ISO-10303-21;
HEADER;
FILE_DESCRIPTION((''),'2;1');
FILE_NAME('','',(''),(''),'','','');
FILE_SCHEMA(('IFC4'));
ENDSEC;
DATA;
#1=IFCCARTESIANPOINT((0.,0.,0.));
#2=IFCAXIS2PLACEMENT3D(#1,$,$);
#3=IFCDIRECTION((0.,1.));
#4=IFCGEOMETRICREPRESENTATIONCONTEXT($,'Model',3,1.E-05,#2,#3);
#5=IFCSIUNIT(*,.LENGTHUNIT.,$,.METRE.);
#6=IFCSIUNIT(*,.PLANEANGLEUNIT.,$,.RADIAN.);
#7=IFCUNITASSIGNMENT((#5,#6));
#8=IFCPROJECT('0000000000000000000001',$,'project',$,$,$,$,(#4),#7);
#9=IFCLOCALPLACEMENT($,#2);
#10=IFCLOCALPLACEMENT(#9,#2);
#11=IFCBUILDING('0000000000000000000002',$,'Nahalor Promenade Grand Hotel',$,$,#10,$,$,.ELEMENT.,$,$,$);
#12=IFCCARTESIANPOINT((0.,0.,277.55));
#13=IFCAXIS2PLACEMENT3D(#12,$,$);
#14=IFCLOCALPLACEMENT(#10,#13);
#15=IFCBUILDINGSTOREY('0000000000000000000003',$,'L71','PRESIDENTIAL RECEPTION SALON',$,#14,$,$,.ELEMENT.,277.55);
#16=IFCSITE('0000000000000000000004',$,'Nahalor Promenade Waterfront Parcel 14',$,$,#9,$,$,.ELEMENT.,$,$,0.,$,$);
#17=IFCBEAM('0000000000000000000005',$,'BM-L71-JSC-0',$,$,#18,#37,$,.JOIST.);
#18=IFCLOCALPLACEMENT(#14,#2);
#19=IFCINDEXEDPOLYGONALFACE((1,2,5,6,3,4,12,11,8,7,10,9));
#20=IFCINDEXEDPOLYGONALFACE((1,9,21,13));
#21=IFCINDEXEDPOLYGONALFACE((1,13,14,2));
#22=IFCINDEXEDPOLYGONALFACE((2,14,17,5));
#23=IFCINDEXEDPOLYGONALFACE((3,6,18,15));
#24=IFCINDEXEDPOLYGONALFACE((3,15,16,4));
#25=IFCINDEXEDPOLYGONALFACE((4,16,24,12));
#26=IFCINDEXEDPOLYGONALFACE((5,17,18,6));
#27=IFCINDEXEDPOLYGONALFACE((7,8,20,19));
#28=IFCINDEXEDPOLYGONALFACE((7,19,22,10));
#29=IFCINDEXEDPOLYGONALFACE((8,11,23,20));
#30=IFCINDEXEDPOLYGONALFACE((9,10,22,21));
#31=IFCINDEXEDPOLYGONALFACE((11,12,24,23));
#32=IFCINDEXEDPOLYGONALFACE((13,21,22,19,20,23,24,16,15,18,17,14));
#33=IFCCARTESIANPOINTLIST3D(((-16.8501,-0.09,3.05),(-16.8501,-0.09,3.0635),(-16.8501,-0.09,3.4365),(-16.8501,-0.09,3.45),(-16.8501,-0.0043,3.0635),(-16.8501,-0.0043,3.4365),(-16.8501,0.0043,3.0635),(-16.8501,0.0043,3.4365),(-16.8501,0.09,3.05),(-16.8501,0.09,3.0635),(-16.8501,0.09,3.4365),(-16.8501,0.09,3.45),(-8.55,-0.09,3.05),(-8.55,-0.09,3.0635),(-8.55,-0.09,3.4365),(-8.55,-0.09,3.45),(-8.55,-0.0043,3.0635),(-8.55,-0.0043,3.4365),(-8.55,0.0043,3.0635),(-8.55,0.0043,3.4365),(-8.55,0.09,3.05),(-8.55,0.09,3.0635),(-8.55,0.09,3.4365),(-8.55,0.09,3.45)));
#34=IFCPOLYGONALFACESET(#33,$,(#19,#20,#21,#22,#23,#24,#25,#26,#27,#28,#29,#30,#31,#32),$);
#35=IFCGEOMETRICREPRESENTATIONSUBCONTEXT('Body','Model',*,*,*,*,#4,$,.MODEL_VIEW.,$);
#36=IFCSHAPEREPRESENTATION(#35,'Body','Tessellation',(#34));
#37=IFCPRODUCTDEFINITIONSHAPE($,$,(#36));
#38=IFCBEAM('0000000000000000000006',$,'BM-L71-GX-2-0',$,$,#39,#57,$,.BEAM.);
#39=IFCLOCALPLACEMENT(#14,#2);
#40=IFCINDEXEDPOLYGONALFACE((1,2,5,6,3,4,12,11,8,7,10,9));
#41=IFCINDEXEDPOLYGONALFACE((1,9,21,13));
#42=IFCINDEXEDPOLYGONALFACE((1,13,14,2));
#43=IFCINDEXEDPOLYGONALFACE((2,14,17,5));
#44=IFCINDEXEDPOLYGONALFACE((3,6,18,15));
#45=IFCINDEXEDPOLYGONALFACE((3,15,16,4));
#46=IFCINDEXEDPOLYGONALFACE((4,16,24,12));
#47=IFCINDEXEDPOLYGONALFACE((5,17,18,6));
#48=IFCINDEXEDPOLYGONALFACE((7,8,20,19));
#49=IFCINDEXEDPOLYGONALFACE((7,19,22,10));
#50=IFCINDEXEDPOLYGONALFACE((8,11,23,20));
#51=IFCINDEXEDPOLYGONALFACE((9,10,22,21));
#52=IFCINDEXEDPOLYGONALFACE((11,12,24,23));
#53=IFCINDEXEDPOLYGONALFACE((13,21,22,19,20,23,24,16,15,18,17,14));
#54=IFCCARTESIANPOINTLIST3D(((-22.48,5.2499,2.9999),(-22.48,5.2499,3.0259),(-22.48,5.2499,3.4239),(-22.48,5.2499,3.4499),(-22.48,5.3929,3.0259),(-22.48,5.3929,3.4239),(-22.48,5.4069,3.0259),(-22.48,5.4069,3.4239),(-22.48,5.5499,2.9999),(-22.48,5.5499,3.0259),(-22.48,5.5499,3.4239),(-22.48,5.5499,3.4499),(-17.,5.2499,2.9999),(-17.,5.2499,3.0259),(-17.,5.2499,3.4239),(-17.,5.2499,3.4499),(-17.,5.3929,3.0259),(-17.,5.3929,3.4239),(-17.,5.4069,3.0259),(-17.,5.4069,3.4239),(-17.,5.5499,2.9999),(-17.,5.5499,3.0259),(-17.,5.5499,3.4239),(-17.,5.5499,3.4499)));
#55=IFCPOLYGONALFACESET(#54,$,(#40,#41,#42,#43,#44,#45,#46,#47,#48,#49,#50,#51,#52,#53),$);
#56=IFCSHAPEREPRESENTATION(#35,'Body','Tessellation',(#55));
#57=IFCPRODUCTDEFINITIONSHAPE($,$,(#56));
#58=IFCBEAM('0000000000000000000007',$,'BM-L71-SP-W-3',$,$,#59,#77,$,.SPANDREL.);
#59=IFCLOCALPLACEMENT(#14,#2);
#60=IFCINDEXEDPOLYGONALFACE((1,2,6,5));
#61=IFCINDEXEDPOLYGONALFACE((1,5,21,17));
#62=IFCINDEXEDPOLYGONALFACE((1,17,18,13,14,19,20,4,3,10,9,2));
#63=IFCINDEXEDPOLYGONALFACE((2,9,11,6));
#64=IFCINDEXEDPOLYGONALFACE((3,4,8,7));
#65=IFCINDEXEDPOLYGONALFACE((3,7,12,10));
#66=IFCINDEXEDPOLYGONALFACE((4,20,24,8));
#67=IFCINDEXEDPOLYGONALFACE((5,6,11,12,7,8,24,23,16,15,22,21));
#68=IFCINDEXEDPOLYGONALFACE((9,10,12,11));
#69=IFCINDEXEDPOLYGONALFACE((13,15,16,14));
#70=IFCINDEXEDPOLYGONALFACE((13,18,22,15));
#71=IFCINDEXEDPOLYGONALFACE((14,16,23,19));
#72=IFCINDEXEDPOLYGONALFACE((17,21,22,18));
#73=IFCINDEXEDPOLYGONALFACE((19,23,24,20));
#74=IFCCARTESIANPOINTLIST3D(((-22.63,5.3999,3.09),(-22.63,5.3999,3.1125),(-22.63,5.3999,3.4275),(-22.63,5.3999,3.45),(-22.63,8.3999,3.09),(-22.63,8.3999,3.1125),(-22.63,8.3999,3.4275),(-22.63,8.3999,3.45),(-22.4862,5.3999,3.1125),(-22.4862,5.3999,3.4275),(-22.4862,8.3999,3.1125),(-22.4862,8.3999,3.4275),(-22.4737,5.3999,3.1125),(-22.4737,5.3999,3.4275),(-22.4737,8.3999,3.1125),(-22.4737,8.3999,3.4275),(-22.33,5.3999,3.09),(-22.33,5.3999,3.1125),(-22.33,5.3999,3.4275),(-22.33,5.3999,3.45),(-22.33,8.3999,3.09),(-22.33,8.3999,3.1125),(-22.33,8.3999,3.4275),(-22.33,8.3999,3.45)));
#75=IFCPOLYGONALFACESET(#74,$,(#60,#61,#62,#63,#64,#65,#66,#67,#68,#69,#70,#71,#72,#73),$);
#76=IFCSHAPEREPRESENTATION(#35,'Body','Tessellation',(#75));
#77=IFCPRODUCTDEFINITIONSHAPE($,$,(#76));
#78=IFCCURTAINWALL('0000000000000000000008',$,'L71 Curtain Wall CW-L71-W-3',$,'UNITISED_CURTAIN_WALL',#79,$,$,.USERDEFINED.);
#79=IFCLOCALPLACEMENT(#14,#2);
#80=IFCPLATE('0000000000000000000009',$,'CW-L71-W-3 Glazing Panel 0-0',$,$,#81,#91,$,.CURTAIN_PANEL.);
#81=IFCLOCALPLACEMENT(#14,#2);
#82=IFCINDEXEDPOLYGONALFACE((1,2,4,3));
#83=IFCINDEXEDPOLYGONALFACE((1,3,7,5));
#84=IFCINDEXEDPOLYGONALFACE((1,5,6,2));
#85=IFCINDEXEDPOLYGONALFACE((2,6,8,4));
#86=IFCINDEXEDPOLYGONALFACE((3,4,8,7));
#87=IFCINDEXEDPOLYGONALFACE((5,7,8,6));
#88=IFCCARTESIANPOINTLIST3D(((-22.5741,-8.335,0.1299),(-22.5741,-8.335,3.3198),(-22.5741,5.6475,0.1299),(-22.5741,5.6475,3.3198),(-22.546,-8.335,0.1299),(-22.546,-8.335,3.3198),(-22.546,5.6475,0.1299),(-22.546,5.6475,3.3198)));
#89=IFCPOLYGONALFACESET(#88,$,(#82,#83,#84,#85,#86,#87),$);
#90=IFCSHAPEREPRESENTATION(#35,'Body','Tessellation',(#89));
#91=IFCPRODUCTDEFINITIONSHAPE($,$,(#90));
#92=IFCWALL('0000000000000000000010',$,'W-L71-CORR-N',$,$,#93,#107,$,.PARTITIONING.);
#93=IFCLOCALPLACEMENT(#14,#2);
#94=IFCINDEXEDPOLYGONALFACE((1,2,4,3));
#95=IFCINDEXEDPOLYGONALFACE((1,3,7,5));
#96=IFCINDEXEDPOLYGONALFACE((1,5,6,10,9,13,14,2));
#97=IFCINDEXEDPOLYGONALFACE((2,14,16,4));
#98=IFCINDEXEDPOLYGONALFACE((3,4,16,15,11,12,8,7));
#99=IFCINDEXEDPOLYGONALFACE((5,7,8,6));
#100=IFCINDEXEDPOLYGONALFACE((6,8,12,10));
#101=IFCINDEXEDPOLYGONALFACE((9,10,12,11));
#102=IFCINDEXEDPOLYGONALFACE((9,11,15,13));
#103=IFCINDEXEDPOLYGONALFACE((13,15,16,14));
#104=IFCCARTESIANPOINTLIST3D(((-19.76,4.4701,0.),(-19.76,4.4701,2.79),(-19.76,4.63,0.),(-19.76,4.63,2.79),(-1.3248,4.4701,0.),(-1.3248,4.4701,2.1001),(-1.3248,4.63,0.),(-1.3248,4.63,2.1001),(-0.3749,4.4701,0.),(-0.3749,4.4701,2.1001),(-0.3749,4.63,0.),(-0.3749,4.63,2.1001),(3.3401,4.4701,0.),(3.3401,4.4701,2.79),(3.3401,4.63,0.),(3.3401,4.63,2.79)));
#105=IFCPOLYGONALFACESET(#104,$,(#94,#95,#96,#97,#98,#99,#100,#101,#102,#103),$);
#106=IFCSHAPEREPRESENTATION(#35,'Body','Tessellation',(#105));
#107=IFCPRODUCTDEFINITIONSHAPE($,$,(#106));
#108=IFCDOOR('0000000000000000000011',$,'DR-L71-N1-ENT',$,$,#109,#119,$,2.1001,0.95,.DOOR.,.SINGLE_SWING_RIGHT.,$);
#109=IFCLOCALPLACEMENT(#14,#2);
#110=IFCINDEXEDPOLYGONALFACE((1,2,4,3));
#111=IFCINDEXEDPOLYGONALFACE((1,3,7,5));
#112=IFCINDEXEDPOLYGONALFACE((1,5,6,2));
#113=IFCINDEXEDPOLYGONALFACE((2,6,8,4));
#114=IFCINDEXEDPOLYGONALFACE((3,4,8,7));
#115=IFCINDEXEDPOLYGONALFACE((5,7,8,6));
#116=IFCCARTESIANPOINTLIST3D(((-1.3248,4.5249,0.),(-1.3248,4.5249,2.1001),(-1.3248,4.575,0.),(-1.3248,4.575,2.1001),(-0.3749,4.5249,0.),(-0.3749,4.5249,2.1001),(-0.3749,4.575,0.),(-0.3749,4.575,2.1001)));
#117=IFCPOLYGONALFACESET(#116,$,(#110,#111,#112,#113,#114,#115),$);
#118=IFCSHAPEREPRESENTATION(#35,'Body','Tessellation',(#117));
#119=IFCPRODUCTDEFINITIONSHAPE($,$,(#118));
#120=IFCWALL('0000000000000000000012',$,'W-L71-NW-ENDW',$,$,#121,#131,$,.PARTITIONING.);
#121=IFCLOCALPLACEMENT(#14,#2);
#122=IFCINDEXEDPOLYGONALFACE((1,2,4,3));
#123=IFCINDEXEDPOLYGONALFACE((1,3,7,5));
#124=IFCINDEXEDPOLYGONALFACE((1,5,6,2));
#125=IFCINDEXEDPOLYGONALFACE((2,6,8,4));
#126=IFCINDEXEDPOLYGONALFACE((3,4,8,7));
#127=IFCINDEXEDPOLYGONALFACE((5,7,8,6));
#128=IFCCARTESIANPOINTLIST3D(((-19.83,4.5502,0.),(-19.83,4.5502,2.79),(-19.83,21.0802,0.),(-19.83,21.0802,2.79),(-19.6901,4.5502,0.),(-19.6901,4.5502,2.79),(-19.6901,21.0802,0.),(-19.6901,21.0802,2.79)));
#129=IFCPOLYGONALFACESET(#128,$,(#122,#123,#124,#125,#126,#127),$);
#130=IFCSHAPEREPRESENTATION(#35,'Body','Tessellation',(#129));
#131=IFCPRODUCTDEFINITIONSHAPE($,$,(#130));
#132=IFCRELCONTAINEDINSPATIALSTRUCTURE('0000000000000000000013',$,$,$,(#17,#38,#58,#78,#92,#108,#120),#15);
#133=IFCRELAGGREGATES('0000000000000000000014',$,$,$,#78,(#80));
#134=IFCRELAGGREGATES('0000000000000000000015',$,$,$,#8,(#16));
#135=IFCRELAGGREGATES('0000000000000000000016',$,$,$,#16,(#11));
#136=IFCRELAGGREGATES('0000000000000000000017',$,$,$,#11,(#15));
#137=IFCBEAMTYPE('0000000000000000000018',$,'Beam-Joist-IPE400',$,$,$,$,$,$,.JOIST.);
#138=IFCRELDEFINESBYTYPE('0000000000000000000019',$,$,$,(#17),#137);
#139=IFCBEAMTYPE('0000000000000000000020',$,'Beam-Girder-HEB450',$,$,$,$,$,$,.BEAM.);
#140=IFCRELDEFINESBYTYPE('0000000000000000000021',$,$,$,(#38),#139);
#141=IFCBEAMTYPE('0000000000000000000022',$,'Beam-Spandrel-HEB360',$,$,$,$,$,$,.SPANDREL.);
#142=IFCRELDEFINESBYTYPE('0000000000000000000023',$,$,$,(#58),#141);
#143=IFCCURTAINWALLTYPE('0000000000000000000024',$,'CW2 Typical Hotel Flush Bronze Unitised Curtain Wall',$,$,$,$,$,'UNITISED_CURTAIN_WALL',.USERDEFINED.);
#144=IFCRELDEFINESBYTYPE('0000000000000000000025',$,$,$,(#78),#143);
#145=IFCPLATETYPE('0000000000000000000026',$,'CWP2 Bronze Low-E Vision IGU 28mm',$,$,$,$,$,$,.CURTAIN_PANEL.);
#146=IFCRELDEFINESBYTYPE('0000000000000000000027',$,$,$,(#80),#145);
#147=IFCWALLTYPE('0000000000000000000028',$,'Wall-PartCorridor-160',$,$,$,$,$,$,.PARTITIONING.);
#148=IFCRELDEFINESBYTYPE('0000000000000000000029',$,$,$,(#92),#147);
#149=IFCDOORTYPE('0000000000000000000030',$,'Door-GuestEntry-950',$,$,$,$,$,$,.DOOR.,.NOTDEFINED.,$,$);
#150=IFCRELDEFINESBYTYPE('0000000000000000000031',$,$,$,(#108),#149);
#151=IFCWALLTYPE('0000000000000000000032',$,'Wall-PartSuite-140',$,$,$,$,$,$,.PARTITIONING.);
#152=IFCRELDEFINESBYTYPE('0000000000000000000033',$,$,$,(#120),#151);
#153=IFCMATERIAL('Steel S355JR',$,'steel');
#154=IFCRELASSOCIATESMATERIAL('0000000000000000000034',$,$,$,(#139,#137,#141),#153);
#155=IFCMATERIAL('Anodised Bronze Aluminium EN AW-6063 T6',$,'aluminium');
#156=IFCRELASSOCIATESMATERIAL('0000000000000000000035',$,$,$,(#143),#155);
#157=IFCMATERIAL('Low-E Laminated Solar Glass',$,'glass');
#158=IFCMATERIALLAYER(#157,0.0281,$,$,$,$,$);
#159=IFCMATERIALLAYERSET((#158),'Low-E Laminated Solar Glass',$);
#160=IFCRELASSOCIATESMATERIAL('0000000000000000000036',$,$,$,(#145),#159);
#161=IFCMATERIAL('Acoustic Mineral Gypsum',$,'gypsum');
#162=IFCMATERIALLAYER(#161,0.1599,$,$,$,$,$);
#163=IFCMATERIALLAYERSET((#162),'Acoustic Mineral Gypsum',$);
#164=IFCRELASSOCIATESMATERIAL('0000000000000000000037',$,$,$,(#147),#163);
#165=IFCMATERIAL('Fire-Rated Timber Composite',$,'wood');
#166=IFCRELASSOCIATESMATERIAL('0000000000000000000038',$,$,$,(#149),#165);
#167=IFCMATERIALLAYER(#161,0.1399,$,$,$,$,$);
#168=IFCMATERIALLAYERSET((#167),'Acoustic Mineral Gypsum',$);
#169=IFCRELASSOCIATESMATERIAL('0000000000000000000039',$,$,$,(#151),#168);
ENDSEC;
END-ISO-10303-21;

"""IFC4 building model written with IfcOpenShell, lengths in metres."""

from ifc_helpers import new_model, si_unit, direction, frame, frame_2d, origin, origin_2d, place, context, subcontext, project, spatial, rectangle, i_section, extrude, source, transform, mapped, material, layer, layer_set, material_profile, profile_set, type_object, element, fill, aggregate, save


model = new_model("IFC4")

# Units and contexts
model_context = context("Model", 3, precision=1e-05, world=origin(), true_north=direction((0.0, 1.0)))
body_context = subcontext(model_context, "Body", "Model", "MODEL_VIEW")
ifc_project = project(units=[si_unit("LENGTHUNIT", "METRE"), si_unit("PLANEANGLEUNIT", "RADIAN")], contexts=[model_context])

# Site, building, storey
site_placement = place(None, origin())
site = spatial("IfcSite", under=ifc_project, at=site_placement, Name="Nahalor Promenade Waterfront Parcel 14", CompositionType="ELEMENT", RefElevation=0.0)
building_placement = place(site_placement, origin())
building = spatial("IfcBuilding", under=site, at=building_placement, Name="Nahalor Promenade Grand Hotel", CompositionType="ELEMENT")
storey_placement = place(building_placement, frame((0.0, 0.0, 277.55)))
storey = spatial("IfcBuildingStorey", under=building, at=storey_placement, Name="L71", Description="PRESIDENTIAL RECEPTION SALON", CompositionType="ELEMENT", Elevation=277.55)

# Shared definitions
ifc_material_1 = material(Name="Steel S355JR", Category="steel")

# Beams
ifc_material_profile_1 = material_profile(ifc_material_1, i_section(OverallWidth=0.3, OverallDepth=0.45, WebThickness=0.014, FlangeThickness=0.026, at=origin_2d()), Name="HEB 450")
ifc_profile_set_1 = profile_set([ifc_material_profile_1], Name="Steel S355JR")
beam_type_1 = type_object("IfcBeamType", Name="Beam-Girder-HEB450", PredefinedType="BEAM", material=ifc_profile_set_1)
ifc_material_profile_2 = material_profile(ifc_material_1, i_section(OverallWidth=0.18, OverallDepth=0.4, WebThickness=0.0086, FlangeThickness=0.0135, at=origin_2d()), Name="IPE 400")
ifc_profile_set_2 = profile_set([ifc_material_profile_2], Name="Steel S355JR")
beam_type_2 = type_object("IfcBeamType", Name="Beam-Joist-IPE400", PredefinedType="JOIST", material=ifc_profile_set_2)
shared_shape_1 = source(origin(), body_context, "Body", "SweptSolid", [
    extrude(i_section(OverallWidth=0.18, OverallDepth=0.4, WebThickness=0.0086, FlangeThickness=0.0135, at=origin_2d()), origin(), (0.0, 0.0, 1.0), 8.3),
])
beam_1_placement = place(storey_placement, frame((-16.8501, 0.0, 3.25), z_axis=(1.0, 0.0, 0.0), x_axis=(0.0, 1.0, 0.0)))
element("IfcBeam", 1, at=beam_1_placement, inside=storey, type_object=beam_type_2, Name="BM-L71-JSC-0", PredefinedType="JOIST", context=body_context, shape_type="MappedRepresentation", body=[
    mapped(shared_shape_1, transform((0.0, 0.0, 0.0), scale=1.0)),
])
shared_shape_2 = source(origin(), body_context, "Body", "SweptSolid", [
    extrude(i_section(OverallWidth=0.3, OverallDepth=0.45, WebThickness=0.014, FlangeThickness=0.026, at=origin_2d()), origin(), (0.0, 0.0, 1.0), 5.48),
])
beam_2_placement = place(storey_placement, frame((-22.48, 5.3999, 3.2249), z_axis=(1.0, 0.0, 0.0), x_axis=(0.0, 1.0, 0.0)))
element("IfcBeam", 2, at=beam_2_placement, inside=storey, type_object=beam_type_1, Name="BM-L71-GX-2-0", PredefinedType="BEAM", context=body_context, shape_type="MappedRepresentation", body=[
    mapped(shared_shape_2, transform((0.0, 0.0, 0.0), scale=1.0)),
])
ifc_material_profile_3 = material_profile(ifc_material_1, i_section(OverallWidth=0.3, OverallDepth=0.36, WebThickness=0.0125, FlangeThickness=0.0225, at=origin_2d()), Name="HEB 360")
ifc_profile_set_3 = profile_set([ifc_material_profile_3], Name="Steel S355JR")
beam_type_3 = type_object("IfcBeamType", Name="Beam-Spandrel-HEB360", PredefinedType="SPANDREL", material=ifc_profile_set_3)
shared_shape_3 = source(origin(), body_context, "Body", "SweptSolid", [
    extrude(i_section(OverallWidth=0.3, OverallDepth=0.36, WebThickness=0.0125, FlangeThickness=0.0225, at=origin_2d()), origin(), (0.0, 0.0, 1.0), 3.0),
])
beam_3_placement = place(storey_placement, frame((-22.48, 5.3999, 3.27), z_axis=(0.0, 1.0, 0.0), x_axis=(-1.0, 0.0, 0.0)))
element("IfcBeam", 3, at=beam_3_placement, inside=storey, type_object=beam_type_3, Name="BM-L71-SP-W-3", PredefinedType="SPANDREL", context=body_context, shape_type="MappedRepresentation", body=[
    mapped(shared_shape_3, transform((0.0, 0.0, 0.0), scale=1.0)),
])

# Curtain wall, plate
ifc_material_2 = material(Name="Anodised Bronze Aluminium EN AW-6063 T6", Category="aluminium")
curtain_wall_type = type_object("IfcCurtainWallType", Name="CW2 Typical Hotel Flush Bronze Unitised Curtain Wall", ElementType="UNITISED_CURTAIN_WALL", PredefinedType="USERDEFINED", material=ifc_material_2)
curtain_wall_placement = place(storey_placement, origin())
curtain_wall = element("IfcCurtainWall", 4, at=curtain_wall_placement, inside=storey, type_object=curtain_wall_type, Name="L71 Curtain Wall CW-L71-W-3", ObjectType="UNITISED_CURTAIN_WALL", PredefinedType="USERDEFINED")
ifc_material_3 = material(Name="Low-E Laminated Solar Glass", Category="glass")
ifc_layer_1 = layer(ifc_material_3, 0.0281)
ifc_layer_set_1 = layer_set([ifc_layer_1], Name="Low-E Laminated Solar Glass")
plate_type = type_object("IfcPlateType", Name="CWP2 Bronze Low-E Vision IGU 28mm", PredefinedType="CURTAIN_PANEL", material=ifc_layer_set_1)
shared_shape_4 = source(origin(), body_context, "Body", "SweptSolid", [
    extrude(rectangle(XDim=13.9824, YDim=0.0281, at=origin_2d()), origin(), (0.0, 0.0, 1.0), 3.1899),
])
plate_placement = place(storey_placement, frame((-22.5601, -1.3438, 0.1299), z_axis=(0.0, 0.0, 1.0), x_axis=(0.0, 1.0, 0.0)))
plate = element("IfcPlate", 5, at=plate_placement, type_object=plate_type, Name="CW-L71-W-3 Glazing Panel 0-0", PredefinedType="CURTAIN_PANEL", context=body_context, shape_type="MappedRepresentation", body=[
    mapped(shared_shape_4, transform((0.0, 0.0, 0.0), scale=1.0)),
])
aggregate(curtain_wall, [plate])

# Wall, opening, door
ifc_material_4 = material(Name="Acoustic Mineral Gypsum", Category="gypsum")
ifc_layer_2 = layer(ifc_material_4, 0.1599)
ifc_layer_set_2 = layer_set([ifc_layer_2], Name="Acoustic Mineral Gypsum")
wall_type_1 = type_object("IfcWallType", Name="Wall-PartCorridor-160", PredefinedType="PARTITIONING", material=ifc_layer_set_2)
shared_shape_5 = source(origin(), body_context, "Body", "SweptSolid", [
    extrude(rectangle(XDim=23.1001, YDim=0.1599, at=frame_2d((11.55, 0.0))), origin(), (0.0, 0.0, 1.0), 2.79),
])
wall_1_placement = place(storey_placement, frame((-19.76, 4.55, 0.0), z_axis=(0.0, 0.0, 1.0), x_axis=(1.0, 0.0, 0.0)))
wall_1 = element("IfcWall", 6, at=wall_1_placement, inside=storey, type_object=wall_type_1, Name="W-L71-CORR-N", PredefinedType="PARTITIONING", context=body_context, shape_type="MappedRepresentation", body=[
    mapped(shared_shape_5, transform((0.0, 0.0, 0.0), scale=1.0)),
])
opening_1_placement = place(wall_1_placement, frame((18.4351, 0.0, 0.0)))
opening_1 = element("IfcOpeningElement", 7, at=opening_1_placement, cuts=wall_1, PredefinedType="OPENING", context=body_context, shape_type="SweptSolid", body=[
    extrude(rectangle(XDim=0.95, YDim=2.1001, at=frame_2d((0.4751, 1.05))), frame((0.0, 0.0898, 0.0), z_axis=(0.0, -1.0, 0.0), x_axis=(1.0, 0.0, 0.0)), (0.0, 0.0, 1.0), 0.1799),
])
ifc_material_5 = material(Name="Fire-Rated Timber Composite", Category="wood")
door_type_1 = type_object("IfcDoorType", Name="Door-GuestEntry-950", OperationType="NOTDEFINED", PredefinedType="DOOR", material=ifc_material_5)
shared_shape_6 = source(origin(), body_context, "Body", "SweptSolid", [
    extrude(rectangle(XDim=0.95, YDim=2.1001, at=frame_2d((0.4751, 1.05))), frame((0.0, 0.0249, 0.0), z_axis=(0.0, -1.0, 0.0), x_axis=(1.0, 0.0, 0.0)), (0.0, 0.0, 1.0), 0.05),
])
door_1_placement = place(opening_1_placement, origin())
door_1 = element("IfcDoor", 8, at=door_1_placement, inside=storey, type_object=door_type_1, Name="DR-L71-N1-ENT", OperationType="SINGLE_SWING_RIGHT", OverallHeight=2.1001, OverallWidth=0.95, PredefinedType="DOOR", context=body_context, shape_type="MappedRepresentation", body=[
    mapped(shared_shape_6, transform((0.0, 0.0, 0.0), scale=1.0)),
])
fill(opening_1, door_1)

# Wall
ifc_layer_3 = layer(ifc_material_4, 0.1399)
ifc_layer_set_3 = layer_set([ifc_layer_3], Name="Acoustic Mineral Gypsum")
wall_type_2 = type_object("IfcWallType", Name="Wall-PartSuite-140", PredefinedType="PARTITIONING", material=ifc_layer_set_3)
shared_shape_7 = source(origin(), body_context, "Body", "SweptSolid", [
    extrude(rectangle(XDim=16.53, YDim=0.1399, at=frame_2d((8.2651, 0.0))), origin(), (0.0, 0.0, 1.0), 2.79),
])
wall_2_placement = place(storey_placement, frame((-19.76, 4.55, 0.0), z_axis=(0.0, 0.0, 1.0), x_axis=(0.0, 1.0, 0.0)))
element("IfcWall", 9, at=wall_2_placement, inside=storey, type_object=wall_type_2, Name="W-L71-NW-ENDW", PredefinedType="PARTITIONING", context=body_context, shape_type="MappedRepresentation", body=[
    mapped(shared_shape_7, transform((0.0, 0.0, 0.0), scale=1.0)),
])

save(model, "model.ifc")
